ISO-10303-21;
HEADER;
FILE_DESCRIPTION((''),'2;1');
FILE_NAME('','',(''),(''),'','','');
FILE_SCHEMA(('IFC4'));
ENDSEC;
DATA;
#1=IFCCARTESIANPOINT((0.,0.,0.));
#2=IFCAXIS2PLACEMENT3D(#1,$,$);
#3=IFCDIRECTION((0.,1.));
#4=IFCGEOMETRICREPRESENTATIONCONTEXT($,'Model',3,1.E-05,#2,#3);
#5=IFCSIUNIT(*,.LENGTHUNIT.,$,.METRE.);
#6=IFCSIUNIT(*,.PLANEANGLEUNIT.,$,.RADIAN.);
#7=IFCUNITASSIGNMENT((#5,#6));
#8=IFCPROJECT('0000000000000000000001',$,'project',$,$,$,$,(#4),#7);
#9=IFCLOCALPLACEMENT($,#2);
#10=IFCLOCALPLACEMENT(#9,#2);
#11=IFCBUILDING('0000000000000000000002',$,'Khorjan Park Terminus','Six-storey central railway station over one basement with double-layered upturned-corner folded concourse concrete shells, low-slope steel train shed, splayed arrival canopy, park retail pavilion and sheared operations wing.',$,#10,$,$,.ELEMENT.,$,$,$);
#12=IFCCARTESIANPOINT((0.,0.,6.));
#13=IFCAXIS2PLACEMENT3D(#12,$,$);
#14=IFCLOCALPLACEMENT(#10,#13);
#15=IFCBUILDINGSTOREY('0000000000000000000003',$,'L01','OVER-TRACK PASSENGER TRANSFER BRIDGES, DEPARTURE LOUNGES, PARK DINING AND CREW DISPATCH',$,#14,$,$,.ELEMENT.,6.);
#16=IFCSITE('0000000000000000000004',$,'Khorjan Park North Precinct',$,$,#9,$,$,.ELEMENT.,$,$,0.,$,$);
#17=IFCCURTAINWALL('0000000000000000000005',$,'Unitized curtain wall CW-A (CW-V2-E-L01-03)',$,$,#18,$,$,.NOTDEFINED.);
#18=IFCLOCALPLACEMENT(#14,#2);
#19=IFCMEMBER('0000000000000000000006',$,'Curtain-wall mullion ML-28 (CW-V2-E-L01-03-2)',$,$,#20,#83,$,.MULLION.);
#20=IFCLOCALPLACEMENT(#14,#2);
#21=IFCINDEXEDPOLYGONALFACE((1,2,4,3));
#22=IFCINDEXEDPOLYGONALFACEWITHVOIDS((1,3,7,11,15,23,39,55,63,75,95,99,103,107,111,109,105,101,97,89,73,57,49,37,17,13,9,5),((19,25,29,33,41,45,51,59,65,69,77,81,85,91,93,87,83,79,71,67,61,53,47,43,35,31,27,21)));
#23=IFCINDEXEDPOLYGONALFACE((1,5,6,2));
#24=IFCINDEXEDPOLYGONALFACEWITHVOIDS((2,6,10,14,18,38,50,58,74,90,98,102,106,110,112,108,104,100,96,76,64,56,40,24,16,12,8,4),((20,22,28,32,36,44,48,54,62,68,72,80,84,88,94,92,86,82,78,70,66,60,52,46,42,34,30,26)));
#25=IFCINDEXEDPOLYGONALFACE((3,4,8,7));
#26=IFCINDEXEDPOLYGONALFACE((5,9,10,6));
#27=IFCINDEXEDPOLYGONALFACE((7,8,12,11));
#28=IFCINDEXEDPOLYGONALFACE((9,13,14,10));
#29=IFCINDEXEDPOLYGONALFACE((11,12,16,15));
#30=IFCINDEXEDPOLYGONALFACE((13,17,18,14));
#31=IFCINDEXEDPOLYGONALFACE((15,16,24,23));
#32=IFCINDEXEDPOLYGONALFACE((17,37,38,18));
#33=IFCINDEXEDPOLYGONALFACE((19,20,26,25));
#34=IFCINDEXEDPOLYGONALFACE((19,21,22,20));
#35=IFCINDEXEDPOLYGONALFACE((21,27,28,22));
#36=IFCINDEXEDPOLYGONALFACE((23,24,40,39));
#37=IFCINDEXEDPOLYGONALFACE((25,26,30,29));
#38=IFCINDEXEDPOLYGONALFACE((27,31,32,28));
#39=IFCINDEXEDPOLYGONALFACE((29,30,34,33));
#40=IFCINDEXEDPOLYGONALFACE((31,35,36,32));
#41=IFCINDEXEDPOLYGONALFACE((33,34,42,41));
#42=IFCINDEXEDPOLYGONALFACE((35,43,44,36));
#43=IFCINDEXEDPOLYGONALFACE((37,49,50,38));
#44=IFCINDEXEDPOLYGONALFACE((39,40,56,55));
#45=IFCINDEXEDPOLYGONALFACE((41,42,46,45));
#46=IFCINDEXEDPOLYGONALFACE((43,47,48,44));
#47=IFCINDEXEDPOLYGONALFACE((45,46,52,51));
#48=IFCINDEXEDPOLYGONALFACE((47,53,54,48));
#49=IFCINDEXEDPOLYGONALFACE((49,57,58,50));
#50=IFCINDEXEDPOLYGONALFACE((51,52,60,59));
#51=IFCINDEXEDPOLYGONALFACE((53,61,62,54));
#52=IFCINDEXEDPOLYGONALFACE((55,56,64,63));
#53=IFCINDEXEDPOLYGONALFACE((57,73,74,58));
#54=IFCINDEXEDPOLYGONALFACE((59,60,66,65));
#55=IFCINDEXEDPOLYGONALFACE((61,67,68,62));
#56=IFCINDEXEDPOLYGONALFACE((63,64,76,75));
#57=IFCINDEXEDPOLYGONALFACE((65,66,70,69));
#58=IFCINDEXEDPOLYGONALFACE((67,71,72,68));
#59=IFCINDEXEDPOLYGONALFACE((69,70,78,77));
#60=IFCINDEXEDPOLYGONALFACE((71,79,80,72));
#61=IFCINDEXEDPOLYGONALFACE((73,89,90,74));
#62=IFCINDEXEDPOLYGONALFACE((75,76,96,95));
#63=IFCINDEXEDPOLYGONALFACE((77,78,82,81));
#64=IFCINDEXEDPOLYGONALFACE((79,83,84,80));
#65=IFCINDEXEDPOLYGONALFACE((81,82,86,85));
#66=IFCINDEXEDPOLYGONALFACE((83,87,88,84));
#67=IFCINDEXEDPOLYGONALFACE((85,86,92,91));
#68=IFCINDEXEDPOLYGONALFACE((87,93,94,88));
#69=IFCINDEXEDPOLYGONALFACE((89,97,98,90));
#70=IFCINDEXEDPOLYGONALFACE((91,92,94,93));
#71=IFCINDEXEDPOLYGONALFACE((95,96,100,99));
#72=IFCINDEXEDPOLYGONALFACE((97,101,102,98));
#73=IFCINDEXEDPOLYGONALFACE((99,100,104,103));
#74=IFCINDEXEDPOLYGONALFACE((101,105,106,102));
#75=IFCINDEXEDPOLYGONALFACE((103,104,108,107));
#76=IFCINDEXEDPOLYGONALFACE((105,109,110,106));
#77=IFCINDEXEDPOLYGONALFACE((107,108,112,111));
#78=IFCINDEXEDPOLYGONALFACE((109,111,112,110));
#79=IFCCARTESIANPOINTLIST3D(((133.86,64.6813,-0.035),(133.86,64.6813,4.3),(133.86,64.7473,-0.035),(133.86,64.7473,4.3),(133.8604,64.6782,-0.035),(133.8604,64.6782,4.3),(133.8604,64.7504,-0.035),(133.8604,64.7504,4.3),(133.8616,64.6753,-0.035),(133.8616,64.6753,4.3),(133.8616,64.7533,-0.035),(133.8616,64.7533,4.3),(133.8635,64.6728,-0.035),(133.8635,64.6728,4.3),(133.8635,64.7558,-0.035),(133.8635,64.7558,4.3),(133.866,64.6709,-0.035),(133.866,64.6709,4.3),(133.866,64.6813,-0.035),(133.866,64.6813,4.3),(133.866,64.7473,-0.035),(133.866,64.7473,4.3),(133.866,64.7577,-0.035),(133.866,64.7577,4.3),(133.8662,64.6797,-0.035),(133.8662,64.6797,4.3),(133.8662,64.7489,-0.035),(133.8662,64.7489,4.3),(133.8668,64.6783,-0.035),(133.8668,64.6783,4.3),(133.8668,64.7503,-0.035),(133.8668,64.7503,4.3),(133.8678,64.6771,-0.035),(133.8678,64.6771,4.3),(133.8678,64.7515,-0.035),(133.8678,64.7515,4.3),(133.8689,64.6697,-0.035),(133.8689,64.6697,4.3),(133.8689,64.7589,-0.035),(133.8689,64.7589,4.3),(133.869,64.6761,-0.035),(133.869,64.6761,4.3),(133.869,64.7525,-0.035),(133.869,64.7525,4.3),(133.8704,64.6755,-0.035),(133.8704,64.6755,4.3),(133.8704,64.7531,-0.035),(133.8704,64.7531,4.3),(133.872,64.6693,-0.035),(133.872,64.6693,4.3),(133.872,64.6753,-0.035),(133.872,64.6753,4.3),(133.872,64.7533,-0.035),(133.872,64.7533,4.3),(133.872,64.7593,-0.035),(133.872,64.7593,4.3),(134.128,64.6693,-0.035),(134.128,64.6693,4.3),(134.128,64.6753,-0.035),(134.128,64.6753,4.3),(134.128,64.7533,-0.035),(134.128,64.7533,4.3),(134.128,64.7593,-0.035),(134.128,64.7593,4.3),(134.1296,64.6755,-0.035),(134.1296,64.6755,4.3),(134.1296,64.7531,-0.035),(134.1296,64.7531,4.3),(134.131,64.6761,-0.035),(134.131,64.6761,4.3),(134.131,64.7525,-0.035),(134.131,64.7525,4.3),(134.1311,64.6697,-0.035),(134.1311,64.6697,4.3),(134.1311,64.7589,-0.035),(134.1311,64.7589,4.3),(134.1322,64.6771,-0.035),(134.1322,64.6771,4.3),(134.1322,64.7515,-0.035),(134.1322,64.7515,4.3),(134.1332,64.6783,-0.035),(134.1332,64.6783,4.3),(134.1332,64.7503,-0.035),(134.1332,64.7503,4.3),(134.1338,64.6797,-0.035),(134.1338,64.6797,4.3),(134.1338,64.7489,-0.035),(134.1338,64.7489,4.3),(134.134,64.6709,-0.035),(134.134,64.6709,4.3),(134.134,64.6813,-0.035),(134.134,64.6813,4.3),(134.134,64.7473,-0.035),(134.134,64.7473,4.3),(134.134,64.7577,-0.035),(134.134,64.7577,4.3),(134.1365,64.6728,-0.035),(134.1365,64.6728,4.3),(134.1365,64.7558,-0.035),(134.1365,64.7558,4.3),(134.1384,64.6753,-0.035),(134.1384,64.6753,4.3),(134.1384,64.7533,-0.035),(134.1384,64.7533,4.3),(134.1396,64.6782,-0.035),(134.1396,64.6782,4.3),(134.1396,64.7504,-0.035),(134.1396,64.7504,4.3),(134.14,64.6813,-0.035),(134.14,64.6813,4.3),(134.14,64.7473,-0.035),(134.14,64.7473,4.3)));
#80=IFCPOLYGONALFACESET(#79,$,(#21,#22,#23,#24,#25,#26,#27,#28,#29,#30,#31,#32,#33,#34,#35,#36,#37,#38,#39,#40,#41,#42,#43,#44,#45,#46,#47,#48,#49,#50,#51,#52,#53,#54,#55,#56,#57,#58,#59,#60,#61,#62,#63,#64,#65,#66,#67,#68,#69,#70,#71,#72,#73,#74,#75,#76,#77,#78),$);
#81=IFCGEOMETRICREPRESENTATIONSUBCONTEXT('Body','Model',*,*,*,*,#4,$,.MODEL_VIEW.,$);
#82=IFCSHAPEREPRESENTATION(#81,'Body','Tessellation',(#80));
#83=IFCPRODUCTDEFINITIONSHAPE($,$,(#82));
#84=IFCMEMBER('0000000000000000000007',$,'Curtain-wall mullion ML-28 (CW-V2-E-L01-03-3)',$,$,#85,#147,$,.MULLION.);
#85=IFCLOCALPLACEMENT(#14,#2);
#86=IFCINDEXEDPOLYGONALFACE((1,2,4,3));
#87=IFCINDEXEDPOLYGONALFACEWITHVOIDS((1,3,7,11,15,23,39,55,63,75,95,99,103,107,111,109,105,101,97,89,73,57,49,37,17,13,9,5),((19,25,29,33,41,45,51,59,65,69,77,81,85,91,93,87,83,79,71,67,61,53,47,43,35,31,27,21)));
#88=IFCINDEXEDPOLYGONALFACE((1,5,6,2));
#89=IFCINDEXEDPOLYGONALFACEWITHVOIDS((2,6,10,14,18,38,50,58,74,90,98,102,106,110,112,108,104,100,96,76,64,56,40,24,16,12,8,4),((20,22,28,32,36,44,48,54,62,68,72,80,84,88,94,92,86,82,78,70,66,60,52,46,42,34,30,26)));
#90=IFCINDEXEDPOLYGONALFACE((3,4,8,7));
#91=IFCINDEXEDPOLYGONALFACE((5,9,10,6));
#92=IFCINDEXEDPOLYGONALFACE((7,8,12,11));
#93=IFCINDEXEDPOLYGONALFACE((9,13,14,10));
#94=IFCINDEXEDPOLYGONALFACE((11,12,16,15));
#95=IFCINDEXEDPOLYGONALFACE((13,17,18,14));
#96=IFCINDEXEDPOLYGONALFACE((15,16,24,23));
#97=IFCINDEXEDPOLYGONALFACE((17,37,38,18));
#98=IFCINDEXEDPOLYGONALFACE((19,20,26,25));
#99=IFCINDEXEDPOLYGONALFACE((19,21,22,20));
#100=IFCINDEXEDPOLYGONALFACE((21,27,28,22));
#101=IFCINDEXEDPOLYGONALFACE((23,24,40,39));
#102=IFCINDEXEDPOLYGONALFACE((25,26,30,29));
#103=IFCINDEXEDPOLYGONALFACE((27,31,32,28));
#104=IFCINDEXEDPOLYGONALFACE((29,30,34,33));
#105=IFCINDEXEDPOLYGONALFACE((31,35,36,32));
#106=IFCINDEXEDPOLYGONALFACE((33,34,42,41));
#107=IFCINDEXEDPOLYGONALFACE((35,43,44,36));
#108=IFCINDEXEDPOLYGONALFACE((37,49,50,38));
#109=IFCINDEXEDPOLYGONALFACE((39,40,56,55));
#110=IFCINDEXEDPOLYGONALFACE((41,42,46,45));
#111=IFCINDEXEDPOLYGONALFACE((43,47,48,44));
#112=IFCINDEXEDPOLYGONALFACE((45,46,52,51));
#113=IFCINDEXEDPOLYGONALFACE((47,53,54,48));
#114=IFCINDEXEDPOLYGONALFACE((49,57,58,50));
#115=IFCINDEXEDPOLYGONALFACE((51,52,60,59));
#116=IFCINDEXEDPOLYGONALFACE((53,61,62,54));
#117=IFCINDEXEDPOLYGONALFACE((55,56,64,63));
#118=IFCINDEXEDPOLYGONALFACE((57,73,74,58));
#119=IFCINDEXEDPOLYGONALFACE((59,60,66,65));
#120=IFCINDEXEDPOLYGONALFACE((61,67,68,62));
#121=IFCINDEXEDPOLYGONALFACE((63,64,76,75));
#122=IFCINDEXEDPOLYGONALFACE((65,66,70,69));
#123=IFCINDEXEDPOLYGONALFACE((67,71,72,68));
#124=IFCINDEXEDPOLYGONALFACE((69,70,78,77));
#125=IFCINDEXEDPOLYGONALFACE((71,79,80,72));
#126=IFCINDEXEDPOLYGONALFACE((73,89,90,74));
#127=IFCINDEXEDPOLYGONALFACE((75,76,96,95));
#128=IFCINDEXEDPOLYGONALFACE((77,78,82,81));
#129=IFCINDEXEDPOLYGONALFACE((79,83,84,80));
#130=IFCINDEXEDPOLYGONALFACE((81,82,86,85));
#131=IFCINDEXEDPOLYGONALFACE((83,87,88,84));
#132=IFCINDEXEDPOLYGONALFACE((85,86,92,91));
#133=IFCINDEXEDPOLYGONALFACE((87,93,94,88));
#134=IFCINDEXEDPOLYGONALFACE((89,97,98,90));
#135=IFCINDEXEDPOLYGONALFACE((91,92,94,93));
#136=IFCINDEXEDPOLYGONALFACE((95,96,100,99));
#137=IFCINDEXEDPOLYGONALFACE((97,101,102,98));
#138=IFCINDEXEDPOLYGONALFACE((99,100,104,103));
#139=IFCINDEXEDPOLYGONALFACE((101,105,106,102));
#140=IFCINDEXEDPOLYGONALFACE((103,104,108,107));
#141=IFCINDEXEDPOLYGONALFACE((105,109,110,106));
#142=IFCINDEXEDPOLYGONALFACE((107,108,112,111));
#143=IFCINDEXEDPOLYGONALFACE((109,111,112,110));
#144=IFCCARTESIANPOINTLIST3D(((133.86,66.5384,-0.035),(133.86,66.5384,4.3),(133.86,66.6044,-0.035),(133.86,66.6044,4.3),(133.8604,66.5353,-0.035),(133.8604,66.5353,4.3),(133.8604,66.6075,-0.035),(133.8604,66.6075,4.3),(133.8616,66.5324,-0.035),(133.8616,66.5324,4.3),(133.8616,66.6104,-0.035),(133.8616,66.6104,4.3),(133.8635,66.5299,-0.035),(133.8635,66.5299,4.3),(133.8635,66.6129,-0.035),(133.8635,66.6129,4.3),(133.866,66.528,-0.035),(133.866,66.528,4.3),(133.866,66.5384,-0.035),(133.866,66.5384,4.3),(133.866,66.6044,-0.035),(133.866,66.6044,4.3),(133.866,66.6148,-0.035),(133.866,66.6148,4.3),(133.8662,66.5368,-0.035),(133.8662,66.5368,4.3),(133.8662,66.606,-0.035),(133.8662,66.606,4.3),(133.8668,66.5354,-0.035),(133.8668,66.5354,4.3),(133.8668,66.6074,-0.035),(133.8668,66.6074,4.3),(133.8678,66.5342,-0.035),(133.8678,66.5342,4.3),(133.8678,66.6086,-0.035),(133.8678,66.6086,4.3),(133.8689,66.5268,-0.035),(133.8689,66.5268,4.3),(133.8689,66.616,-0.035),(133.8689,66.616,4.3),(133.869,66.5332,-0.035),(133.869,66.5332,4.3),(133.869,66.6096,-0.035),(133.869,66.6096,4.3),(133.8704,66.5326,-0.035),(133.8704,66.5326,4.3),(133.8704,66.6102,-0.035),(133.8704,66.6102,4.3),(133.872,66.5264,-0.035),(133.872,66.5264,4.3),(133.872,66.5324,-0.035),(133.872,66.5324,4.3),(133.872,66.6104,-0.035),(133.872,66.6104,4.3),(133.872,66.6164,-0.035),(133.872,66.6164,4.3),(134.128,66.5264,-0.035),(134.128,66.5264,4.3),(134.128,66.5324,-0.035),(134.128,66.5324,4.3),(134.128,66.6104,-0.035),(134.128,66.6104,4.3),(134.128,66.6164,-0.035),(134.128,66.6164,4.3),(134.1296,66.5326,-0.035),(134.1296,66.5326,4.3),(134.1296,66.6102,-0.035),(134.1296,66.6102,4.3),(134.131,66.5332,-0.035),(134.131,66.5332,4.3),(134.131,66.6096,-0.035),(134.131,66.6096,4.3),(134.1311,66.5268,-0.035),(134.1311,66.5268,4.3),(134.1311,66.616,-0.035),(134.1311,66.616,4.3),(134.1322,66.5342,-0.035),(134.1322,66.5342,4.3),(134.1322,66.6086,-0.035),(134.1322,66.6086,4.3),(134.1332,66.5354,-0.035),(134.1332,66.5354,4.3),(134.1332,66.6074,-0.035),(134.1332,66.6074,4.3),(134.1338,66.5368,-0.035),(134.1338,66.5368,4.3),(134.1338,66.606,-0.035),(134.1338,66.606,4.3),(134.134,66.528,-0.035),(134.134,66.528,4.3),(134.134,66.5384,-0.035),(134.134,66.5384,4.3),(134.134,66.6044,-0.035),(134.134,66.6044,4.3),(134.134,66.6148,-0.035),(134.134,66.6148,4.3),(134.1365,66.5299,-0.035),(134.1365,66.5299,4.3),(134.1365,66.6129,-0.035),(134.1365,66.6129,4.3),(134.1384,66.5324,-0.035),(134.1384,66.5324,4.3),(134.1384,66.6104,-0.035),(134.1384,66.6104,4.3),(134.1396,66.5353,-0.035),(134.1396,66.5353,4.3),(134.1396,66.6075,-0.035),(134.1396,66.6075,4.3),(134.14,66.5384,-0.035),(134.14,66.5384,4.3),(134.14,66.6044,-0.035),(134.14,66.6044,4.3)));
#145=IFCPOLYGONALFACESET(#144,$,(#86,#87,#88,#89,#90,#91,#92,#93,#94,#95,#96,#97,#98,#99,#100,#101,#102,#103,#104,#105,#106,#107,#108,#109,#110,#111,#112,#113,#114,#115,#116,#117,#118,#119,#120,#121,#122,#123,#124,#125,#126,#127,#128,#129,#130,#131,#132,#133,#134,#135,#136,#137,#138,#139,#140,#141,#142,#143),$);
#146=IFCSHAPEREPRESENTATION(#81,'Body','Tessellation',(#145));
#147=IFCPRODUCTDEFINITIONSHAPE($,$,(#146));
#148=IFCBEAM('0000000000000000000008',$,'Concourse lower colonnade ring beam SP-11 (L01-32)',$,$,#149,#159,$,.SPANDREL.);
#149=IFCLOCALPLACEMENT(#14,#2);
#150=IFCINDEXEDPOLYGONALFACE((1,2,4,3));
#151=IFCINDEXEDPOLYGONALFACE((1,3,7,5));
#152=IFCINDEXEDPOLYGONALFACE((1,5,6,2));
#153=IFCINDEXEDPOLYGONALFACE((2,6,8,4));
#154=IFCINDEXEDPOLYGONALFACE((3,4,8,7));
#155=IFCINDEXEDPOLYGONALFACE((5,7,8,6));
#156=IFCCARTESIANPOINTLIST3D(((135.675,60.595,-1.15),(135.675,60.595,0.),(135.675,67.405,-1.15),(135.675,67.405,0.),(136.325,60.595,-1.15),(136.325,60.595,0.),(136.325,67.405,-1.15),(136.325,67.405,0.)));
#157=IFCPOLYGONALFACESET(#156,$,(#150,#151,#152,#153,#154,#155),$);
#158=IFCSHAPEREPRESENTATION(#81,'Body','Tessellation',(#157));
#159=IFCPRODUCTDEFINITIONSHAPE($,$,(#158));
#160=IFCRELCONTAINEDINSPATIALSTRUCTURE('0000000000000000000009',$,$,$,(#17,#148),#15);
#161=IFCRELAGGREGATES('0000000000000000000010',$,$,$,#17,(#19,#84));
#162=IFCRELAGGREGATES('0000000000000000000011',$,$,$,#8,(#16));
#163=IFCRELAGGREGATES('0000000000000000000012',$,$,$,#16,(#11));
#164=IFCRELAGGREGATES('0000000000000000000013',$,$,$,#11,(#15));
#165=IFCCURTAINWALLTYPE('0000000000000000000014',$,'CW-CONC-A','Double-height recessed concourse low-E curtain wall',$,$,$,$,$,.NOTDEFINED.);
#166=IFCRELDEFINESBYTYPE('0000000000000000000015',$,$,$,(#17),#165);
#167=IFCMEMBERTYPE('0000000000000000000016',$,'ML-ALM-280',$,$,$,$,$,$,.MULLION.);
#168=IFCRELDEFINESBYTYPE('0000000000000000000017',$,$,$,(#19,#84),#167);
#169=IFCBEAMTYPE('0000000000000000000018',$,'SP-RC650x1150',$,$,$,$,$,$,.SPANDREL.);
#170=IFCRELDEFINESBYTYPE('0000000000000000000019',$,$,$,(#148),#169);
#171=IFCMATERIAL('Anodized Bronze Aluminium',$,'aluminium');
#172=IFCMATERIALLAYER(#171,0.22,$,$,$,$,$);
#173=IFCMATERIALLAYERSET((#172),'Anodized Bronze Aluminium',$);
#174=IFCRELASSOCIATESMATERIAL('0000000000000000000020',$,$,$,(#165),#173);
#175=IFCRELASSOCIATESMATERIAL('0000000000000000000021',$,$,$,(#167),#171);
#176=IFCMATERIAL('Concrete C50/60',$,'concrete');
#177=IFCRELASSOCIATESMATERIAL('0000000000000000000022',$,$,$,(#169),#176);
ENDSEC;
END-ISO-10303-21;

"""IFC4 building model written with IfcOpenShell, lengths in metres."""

from ifc_helpers import new_model, si_unit, direction, frame, origin, origin_2d, place, context, subcontext, project, spatial, rectangle, hollow_rectangle, extrude, material, layer, layer_set, material_profile, profile_set, type_object, element, aggregate, save


model = new_model("IFC4")

# Units and contexts
model_context = context("Model", 3, precision=1e-05, world=origin(), true_north=direction((0.0, 1.0)))
body_context = subcontext(model_context, "Body", "Model", "MODEL_VIEW")
ifc_project = project(units=[si_unit("LENGTHUNIT", "METRE"), si_unit("PLANEANGLEUNIT", "RADIAN")], contexts=[model_context])

# Site, building, storey
site_placement = place(None, origin())
site = spatial("IfcSite", under=ifc_project, at=site_placement, Name="Khorjan Park North Precinct", CompositionType="ELEMENT", RefElevation=0.0)
building_placement = place(site_placement, origin())
building = spatial("IfcBuilding", under=site, at=building_placement, Name="Khorjan Park Terminus", Description="Six-storey central railway station over one basement with double-layered upturned-corner folded concourse concrete shells, low-slope steel train shed, splayed arrival canopy, park retail pavilion and sheared operations wing.", CompositionType="ELEMENT")
storey_placement = place(building_placement, frame((0.0, 0.0, 6.0)))
storey = spatial("IfcBuildingStorey", under=building, at=storey_placement, Name="L01", Description="OVER-TRACK PASSENGER TRANSFER BRIDGES, DEPARTURE LOUNGES, PARK DINING AND CREW DISPATCH", CompositionType="ELEMENT", Elevation=6.0)

# Shared definitions
ifc_material_1 = material(Name="Anodized Bronze Aluminium", Category="aluminium")
ifc_layer_1 = layer(ifc_material_1, 0.22)
ifc_layer_set_1 = layer_set([ifc_layer_1], Name="Anodized Bronze Aluminium")
curtain_wall_type = type_object("IfcCurtainWallType", Name="CW-CONC-A", Description="Double-height recessed concourse low-E curtain wall", PredefinedType="NOTDEFINED", material=ifc_layer_set_1)
ifc_material_profile_1 = material_profile(ifc_material_1, hollow_rectangle(XDim=0.09, YDim=0.28, WallThickness=0.006, InnerFilletRadius=0.006, OuterFilletRadius=0.012, at=origin_2d()), Name="ALM 90x280x6")
ifc_profile_set_1 = profile_set([ifc_material_profile_1], Name="Anodized Bronze Aluminium")
member_type_1 = type_object("IfcMemberType", Name="ML-ALM-280", PredefinedType="MULLION", material=ifc_profile_set_1)

# Curtain wall, members
curtain_wall_1_placement = place(storey_placement, origin())
curtain_wall_1 = element("IfcCurtainWall", 1, at=curtain_wall_1_placement, inside=storey, type_object=curtain_wall_type, Name="Unitized curtain wall CW-A (CW-V2-E-L01-03)", PredefinedType="NOTDEFINED")
member_1_placement = place(storey_placement, frame((134.0, 64.7143, -0.035), z_axis=(0.0, 0.0, 1.0), x_axis=(0.0, 1.0, 0.0)))
member_1 = element("IfcMember", 2, at=member_1_placement, type_object=member_type_1, Name="Curtain-wall mullion ML-28 (CW-V2-E-L01-03-2)", PredefinedType="MULLION", context=body_context, shape_type="SweptSolid", body=[
    extrude(hollow_rectangle(XDim=0.09, YDim=0.28, WallThickness=0.006, InnerFilletRadius=0.006, OuterFilletRadius=0.012, at=origin_2d()), origin(), (0.0, 0.0, 1.0), 4.335),
])
member_2_placement = place(storey_placement, frame((134.0, 66.5714, -0.035), z_axis=(0.0, 0.0, 1.0), x_axis=(0.0, 1.0, 0.0)))
member_2 = element("IfcMember", 3, at=member_2_placement, type_object=member_type_1, Name="Curtain-wall mullion ML-28 (CW-V2-E-L01-03-3)", PredefinedType="MULLION", context=body_context, shape_type="SweptSolid", body=[
    extrude(hollow_rectangle(XDim=0.09, YDim=0.28, WallThickness=0.006, InnerFilletRadius=0.006, OuterFilletRadius=0.012, at=origin_2d()), origin(), (0.0, 0.0, 1.0), 4.335),
])

# Beam
ifc_material_2 = material(Name="Concrete C50/60", Category="concrete")
ifc_material_profile_2 = material_profile(ifc_material_2, rectangle(XDim=0.65, YDim=1.15, at=origin_2d()), Name="RC 650x1150")
ifc_profile_set_2 = profile_set([ifc_material_profile_2], Name="Concrete C50/60")
beam_type = type_object("IfcBeamType", Name="SP-RC650x1150", PredefinedType="SPANDREL", material=ifc_profile_set_2)
beam_placement = place(storey_placement, frame((136.0, 60.595, -0.575), z_axis=(0.0, 1.0, 0.0), x_axis=(-1.0, 0.0, 0.0)))
element("IfcBeam", 4, at=beam_placement, inside=storey, type_object=beam_type, Name="Concourse lower colonnade ring beam SP-11 (L01-32)", PredefinedType="SPANDREL", context=body_context, shape_type="SweptSolid", body=[
    extrude(rectangle(XDim=0.65, YDim=1.15, at=origin_2d()), origin(), (0.0, 0.0, 1.0), 6.81),
])

aggregate(curtain_wall_1, [member_1, member_2])

save(model, "model.ifc")
